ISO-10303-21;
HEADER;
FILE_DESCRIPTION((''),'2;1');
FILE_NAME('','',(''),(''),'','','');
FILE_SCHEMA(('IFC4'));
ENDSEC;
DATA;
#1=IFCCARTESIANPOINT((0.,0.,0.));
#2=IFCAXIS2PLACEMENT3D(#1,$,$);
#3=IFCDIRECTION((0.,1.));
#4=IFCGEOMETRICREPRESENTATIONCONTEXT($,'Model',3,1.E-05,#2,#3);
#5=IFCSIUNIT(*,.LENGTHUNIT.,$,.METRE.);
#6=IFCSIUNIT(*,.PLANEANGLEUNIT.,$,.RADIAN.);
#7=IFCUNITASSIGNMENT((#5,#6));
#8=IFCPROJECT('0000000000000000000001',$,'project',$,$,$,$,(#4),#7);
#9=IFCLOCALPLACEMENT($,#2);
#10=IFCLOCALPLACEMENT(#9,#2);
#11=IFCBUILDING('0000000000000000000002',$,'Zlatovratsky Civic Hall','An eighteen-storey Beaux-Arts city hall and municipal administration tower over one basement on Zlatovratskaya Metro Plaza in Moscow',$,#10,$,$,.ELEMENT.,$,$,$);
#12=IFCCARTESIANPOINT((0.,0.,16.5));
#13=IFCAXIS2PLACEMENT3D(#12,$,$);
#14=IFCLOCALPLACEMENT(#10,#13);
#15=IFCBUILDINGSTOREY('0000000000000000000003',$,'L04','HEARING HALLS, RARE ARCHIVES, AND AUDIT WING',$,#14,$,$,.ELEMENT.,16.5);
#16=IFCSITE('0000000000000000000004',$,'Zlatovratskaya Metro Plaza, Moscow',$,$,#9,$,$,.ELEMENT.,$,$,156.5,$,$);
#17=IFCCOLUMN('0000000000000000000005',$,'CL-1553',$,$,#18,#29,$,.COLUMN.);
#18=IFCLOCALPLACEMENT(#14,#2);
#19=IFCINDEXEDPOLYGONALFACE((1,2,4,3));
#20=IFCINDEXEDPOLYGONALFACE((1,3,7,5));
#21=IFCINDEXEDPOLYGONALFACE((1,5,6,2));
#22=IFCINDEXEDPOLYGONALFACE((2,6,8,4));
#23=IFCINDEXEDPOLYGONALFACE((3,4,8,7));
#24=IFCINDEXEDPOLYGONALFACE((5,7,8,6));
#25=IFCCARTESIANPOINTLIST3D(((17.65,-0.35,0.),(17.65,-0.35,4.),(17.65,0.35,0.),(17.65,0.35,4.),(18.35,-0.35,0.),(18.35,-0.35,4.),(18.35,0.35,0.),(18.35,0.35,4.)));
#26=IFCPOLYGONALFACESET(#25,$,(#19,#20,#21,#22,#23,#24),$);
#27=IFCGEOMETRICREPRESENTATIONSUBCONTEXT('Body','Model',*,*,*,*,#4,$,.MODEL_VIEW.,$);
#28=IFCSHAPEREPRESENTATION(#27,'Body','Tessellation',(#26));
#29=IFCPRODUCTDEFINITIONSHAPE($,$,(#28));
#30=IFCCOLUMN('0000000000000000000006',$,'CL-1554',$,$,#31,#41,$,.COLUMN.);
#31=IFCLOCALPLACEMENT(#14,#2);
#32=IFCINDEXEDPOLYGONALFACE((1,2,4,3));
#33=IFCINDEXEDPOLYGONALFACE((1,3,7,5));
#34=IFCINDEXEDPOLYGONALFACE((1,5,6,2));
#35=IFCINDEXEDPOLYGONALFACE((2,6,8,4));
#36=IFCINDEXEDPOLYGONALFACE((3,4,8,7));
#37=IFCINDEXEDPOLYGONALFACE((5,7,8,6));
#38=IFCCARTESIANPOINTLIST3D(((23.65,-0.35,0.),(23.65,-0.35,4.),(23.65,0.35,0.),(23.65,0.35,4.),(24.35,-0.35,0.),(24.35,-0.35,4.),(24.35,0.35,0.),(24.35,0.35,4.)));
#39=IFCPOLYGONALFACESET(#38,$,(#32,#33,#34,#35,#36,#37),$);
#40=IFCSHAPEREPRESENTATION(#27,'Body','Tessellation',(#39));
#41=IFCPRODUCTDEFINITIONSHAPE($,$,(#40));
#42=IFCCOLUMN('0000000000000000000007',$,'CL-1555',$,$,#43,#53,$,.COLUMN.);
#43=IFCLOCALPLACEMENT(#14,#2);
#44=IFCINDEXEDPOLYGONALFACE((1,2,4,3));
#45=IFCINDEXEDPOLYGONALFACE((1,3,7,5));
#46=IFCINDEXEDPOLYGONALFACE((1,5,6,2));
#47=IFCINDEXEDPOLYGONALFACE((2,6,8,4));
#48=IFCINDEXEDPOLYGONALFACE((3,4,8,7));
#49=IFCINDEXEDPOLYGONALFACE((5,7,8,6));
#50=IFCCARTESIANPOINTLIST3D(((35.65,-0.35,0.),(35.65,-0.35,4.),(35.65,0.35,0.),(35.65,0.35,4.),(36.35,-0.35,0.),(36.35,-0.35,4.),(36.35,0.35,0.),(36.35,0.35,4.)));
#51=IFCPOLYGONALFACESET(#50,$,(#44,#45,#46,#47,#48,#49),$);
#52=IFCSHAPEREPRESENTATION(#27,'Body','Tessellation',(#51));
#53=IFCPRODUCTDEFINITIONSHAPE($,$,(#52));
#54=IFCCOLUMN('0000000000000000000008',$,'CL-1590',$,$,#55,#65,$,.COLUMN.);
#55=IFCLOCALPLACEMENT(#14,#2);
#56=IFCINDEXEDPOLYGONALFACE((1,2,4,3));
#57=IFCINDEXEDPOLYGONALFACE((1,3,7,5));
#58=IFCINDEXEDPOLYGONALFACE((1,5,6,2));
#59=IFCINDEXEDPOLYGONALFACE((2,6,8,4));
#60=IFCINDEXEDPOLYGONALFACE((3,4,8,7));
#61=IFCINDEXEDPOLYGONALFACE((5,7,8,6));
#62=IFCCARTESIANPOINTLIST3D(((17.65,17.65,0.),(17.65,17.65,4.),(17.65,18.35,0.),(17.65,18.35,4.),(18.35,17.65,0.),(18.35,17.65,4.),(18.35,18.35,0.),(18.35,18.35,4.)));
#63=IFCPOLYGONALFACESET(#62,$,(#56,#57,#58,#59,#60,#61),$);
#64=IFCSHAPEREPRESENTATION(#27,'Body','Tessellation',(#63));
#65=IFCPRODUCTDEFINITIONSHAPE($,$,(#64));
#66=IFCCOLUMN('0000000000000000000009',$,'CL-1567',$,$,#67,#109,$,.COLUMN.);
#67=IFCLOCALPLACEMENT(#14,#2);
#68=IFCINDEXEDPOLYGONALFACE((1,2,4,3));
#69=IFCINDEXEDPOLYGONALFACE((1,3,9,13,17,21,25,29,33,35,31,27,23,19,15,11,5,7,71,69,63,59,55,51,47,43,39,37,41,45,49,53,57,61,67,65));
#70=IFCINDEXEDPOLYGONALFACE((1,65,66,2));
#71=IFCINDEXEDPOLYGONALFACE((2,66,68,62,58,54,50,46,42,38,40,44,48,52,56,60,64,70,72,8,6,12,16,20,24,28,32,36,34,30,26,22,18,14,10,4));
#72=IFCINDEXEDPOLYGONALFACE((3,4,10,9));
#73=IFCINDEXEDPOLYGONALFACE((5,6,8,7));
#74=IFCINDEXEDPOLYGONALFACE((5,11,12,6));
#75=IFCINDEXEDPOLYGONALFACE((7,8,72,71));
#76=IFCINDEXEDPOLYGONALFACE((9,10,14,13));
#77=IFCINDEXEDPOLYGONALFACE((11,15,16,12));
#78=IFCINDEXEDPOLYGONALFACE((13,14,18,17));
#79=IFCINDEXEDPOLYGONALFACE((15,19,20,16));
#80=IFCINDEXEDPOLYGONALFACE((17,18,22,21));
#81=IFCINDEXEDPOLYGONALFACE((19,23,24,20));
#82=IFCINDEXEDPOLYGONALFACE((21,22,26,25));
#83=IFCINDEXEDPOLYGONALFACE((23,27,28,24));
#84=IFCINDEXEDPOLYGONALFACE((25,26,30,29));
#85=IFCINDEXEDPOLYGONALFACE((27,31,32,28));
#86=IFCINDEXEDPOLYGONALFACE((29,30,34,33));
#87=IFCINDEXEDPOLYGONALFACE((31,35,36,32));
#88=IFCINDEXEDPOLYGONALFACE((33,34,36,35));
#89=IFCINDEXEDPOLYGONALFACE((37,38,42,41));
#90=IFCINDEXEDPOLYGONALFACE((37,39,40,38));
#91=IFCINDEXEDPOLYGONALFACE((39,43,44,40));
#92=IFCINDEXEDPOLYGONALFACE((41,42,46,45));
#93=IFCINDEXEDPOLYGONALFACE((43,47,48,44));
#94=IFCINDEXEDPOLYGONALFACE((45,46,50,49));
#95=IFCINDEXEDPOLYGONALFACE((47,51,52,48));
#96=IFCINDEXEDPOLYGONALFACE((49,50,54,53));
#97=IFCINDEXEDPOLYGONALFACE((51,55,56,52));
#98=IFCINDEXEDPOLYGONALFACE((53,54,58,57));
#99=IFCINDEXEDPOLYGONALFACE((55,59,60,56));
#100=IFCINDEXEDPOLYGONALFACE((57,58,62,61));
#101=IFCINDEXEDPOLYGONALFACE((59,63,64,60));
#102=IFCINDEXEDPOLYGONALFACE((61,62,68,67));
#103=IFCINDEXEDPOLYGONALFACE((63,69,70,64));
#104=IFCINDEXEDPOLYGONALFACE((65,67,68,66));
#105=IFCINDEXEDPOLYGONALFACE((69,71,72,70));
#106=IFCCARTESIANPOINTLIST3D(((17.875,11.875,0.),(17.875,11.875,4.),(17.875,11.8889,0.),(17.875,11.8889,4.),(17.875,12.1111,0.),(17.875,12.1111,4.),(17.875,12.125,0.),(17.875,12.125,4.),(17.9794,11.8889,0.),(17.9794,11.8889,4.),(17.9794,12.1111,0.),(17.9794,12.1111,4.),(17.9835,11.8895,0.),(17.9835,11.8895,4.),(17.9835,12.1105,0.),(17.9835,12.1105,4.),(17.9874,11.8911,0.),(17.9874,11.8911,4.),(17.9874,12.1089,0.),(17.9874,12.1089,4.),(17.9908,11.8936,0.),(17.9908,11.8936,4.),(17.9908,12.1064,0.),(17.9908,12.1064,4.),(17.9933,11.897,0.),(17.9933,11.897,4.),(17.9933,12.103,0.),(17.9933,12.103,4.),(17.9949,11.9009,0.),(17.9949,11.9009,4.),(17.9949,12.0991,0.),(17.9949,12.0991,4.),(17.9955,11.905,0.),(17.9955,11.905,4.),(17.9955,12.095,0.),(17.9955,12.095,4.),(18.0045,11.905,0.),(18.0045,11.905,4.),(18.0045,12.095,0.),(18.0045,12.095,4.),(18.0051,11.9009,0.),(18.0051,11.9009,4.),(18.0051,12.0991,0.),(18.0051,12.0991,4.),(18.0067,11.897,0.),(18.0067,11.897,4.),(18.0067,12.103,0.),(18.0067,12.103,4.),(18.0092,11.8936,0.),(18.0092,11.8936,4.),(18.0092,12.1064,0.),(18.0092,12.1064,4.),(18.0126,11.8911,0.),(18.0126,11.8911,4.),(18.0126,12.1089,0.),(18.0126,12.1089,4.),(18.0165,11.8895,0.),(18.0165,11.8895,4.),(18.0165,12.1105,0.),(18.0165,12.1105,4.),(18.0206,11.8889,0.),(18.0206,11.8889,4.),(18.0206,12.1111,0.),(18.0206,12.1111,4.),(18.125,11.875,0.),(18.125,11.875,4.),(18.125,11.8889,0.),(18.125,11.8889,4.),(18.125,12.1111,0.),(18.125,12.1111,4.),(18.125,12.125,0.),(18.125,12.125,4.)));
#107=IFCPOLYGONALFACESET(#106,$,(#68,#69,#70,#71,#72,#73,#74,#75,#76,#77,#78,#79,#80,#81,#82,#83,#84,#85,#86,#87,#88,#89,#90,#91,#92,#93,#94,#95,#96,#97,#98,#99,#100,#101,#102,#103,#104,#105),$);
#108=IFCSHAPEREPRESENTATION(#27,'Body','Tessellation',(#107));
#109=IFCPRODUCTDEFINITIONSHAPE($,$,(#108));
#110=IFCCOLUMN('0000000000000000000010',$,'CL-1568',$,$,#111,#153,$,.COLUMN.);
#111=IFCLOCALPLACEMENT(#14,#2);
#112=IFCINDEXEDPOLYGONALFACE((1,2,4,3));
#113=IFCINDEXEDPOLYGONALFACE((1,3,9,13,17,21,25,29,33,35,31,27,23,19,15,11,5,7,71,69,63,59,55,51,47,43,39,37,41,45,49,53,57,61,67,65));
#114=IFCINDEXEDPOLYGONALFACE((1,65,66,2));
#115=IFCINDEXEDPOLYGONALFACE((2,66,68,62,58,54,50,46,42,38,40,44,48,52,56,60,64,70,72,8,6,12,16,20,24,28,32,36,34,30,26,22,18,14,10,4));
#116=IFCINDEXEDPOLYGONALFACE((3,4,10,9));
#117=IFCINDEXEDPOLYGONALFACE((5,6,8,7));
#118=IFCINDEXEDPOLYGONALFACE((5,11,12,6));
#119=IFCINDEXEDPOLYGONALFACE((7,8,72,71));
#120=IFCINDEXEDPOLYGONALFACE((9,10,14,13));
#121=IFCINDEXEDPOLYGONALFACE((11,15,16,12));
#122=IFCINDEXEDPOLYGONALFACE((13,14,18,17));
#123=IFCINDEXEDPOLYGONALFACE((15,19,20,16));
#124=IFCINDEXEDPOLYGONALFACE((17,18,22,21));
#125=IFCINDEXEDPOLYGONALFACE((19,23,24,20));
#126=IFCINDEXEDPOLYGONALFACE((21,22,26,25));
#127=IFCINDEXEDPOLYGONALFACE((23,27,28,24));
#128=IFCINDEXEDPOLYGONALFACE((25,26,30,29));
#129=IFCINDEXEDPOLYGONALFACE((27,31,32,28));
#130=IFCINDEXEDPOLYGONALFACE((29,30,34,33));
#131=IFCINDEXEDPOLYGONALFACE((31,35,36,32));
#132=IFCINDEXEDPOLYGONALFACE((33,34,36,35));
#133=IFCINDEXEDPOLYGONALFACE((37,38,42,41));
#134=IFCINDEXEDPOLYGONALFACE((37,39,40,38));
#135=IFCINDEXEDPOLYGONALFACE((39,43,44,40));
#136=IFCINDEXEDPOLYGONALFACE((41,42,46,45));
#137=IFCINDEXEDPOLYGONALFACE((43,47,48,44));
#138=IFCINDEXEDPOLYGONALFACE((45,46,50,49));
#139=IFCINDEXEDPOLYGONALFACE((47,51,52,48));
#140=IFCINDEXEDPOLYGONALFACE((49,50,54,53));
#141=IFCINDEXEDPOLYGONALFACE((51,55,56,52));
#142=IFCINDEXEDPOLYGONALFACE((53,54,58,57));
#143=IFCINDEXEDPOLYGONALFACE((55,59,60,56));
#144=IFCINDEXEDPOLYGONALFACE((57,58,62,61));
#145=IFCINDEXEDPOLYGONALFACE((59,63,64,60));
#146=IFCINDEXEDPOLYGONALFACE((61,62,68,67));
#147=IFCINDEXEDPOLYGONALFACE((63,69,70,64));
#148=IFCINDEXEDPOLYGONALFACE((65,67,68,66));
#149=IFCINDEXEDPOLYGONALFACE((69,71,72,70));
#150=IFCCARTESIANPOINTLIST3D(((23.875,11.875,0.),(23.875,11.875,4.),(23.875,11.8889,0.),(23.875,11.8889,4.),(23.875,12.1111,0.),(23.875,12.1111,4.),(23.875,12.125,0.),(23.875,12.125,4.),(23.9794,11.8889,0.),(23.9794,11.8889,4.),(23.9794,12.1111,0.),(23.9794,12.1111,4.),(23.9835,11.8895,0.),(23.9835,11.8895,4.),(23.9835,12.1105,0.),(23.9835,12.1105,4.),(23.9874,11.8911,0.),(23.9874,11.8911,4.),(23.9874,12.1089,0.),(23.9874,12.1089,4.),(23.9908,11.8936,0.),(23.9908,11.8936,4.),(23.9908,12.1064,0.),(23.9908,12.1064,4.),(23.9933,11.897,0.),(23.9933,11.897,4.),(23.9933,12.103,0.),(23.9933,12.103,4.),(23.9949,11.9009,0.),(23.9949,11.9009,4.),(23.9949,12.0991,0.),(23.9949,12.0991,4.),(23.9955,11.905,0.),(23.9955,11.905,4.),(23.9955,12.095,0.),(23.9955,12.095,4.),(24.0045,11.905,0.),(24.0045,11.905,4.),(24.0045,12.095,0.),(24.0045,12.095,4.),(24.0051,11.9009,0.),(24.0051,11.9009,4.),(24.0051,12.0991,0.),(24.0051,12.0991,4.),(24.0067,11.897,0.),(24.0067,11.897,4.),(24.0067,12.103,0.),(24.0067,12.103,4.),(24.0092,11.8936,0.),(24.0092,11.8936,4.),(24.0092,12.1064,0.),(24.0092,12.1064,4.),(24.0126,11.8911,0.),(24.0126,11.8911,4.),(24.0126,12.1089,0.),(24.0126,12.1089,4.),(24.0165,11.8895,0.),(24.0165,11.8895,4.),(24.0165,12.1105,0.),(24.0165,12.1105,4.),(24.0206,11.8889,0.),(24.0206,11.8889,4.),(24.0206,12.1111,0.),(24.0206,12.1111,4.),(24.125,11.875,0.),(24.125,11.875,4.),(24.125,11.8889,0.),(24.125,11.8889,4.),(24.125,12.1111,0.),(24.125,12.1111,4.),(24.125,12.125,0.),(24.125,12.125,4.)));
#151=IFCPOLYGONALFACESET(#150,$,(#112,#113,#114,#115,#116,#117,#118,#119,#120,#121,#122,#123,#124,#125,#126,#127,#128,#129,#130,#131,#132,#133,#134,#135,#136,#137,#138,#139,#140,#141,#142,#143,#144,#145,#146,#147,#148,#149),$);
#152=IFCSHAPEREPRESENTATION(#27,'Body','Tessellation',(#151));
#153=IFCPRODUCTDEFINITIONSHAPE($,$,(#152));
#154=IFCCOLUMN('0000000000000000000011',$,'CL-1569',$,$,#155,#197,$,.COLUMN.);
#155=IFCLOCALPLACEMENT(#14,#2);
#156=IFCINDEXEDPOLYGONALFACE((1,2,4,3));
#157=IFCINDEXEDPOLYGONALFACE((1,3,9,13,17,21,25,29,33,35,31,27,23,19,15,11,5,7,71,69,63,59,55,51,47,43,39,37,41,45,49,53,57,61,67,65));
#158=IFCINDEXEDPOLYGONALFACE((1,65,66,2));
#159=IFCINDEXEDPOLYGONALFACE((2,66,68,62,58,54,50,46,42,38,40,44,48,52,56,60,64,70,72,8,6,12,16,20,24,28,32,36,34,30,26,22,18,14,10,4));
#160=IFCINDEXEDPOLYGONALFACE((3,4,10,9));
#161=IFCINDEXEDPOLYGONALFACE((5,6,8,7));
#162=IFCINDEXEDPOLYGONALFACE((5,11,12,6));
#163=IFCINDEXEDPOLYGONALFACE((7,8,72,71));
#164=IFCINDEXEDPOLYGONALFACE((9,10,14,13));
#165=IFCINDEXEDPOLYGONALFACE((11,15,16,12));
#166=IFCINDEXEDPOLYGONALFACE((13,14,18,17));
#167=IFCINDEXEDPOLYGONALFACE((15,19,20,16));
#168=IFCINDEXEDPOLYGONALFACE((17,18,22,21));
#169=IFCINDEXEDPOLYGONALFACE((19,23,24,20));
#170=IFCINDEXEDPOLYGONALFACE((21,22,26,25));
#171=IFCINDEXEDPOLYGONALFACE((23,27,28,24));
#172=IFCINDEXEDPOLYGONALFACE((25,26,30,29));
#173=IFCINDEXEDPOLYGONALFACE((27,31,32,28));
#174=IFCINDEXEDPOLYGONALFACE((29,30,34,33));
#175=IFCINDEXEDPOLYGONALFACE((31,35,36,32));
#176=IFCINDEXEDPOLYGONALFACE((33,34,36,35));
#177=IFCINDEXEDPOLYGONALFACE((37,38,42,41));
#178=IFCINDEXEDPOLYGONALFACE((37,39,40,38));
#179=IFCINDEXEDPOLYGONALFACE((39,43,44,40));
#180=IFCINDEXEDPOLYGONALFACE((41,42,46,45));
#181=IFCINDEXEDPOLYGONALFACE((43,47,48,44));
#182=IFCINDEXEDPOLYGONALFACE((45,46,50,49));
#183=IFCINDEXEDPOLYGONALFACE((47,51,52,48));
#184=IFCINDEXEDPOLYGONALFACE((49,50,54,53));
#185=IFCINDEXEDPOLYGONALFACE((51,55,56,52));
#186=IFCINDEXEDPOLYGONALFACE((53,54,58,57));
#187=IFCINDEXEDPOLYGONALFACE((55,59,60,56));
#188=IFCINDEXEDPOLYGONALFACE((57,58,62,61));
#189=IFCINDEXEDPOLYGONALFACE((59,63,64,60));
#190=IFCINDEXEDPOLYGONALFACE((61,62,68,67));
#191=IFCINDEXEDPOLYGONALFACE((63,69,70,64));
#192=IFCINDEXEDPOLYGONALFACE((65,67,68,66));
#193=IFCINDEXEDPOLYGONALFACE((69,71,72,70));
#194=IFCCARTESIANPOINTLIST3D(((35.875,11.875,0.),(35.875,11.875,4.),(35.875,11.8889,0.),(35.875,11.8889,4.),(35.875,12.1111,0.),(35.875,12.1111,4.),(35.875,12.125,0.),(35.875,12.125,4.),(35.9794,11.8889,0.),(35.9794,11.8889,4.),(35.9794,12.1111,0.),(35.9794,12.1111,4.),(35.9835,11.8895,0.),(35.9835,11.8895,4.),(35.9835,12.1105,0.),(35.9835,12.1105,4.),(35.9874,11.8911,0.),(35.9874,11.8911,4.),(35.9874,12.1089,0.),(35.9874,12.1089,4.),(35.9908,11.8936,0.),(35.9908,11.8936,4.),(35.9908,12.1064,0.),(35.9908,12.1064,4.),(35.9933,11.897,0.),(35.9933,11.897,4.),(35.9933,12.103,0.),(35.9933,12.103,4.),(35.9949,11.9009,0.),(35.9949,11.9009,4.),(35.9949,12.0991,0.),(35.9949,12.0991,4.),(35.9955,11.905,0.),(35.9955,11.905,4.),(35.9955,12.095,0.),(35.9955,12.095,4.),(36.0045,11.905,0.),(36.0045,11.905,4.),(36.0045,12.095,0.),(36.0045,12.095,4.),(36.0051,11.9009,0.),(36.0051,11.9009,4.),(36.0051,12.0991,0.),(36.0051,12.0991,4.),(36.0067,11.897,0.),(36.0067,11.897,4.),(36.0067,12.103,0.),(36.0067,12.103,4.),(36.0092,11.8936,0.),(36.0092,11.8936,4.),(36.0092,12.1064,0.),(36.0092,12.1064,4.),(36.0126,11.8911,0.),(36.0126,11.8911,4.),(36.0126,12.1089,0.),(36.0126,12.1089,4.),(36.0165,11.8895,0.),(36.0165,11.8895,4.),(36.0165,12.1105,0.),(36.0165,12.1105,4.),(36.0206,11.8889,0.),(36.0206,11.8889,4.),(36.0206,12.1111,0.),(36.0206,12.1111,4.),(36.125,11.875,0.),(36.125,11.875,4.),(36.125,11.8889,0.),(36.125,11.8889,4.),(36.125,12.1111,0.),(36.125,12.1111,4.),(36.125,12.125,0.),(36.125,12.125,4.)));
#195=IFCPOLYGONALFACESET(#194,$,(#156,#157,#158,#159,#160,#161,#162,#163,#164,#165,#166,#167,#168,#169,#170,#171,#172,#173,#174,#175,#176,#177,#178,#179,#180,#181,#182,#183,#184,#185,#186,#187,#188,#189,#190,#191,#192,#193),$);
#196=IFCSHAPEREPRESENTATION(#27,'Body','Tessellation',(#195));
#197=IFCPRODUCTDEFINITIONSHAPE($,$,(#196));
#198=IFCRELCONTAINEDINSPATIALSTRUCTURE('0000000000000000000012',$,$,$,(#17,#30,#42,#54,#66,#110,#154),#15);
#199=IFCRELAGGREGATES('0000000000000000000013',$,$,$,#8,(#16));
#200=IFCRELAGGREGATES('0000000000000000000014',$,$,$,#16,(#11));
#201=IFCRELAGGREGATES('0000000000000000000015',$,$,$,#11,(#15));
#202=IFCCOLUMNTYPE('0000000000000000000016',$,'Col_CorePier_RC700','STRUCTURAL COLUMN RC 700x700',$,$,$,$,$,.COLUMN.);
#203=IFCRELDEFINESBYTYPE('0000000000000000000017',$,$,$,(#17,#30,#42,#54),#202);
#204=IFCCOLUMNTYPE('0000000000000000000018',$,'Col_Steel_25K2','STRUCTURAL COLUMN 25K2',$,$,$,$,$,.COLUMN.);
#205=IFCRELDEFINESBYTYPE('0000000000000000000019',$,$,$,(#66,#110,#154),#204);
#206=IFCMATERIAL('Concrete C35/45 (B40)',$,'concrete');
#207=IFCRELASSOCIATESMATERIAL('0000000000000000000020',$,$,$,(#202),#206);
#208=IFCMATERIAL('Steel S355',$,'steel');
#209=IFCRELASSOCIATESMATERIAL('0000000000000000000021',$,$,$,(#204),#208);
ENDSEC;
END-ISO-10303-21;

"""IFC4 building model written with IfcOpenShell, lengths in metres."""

from ifc_helpers import new_model, si_unit, direction, frame, origin, origin_2d, place, context, subcontext, project, spatial, rectangle, i_section, extrude, material, material_profile, profile_set, type_object, element, save


model = new_model("IFC4")

# Units and contexts
model_context = context("Model", 3, precision=1e-05, world=origin(), true_north=direction((0.0, 1.0)))
body_context = subcontext(model_context, "Body", "Model", "MODEL_VIEW")
ifc_project = project(units=[si_unit("LENGTHUNIT", "METRE"), si_unit("PLANEANGLEUNIT", "RADIAN")], contexts=[model_context])

# Site, building, storey
site_placement = place(None, origin())
site = spatial("IfcSite", under=ifc_project, at=site_placement, Name="Zlatovratskaya Metro Plaza, Moscow", CompositionType="ELEMENT", RefElevation=156.5)
building_placement = place(site_placement, origin())
building = spatial("IfcBuilding", under=site, at=building_placement, Name="Zlatovratsky Civic Hall", Description="An eighteen-storey Beaux-Arts city hall and municipal administration tower over one basement on Zlatovratskaya Metro Plaza in Moscow", CompositionType="ELEMENT")
storey_placement = place(building_placement, frame((0.0, 0.0, 16.5)))
storey = spatial("IfcBuildingStorey", under=building, at=storey_placement, Name="L04", Description="HEARING HALLS, RARE ARCHIVES, AND AUDIT WING", CompositionType="ELEMENT", Elevation=16.5)

# Columns
ifc_material_1 = material(Name="Concrete C35/45 (B40)", Category="concrete")
ifc_material_profile_1 = material_profile(ifc_material_1, rectangle(XDim=0.7, YDim=0.7, at=origin_2d()), Name="RC 700x700")
ifc_profile_set_1 = profile_set([ifc_material_profile_1], Name="Concrete C35/45 (B40)")
column_type_1 = type_object("IfcColumnType", Name="Col_CorePier_RC700", Description="STRUCTURAL COLUMN RC 700x700", PredefinedType="COLUMN", material=ifc_profile_set_1)
for number, where, z_axis, x_axis, name in (
    (1, (18.0, 0.0, 0.0), (0.0, 0.0, 1.0), (1.0, 0.0, 0.0), "CL-1553"),
    (2, (24.0, 0.0, 0.0), (0.0, 0.0, 1.0), (1.0, 0.0, 0.0), "CL-1554"),
    (3, (36.0, 0.0, 0.0), (0.0, 0.0, 1.0), (1.0, 0.0, 0.0), "CL-1555"),
    (4, (18.0, 18.0, 0.0), (0.0, 0.0, 1.0), (1.0, 0.0, 0.0), "CL-1590"),
):
    element("IfcColumn", number, at=place(storey_placement, frame(where, z_axis=z_axis, x_axis=x_axis)), inside=storey, type_object=column_type_1, Name=name, PredefinedType="COLUMN", context=body_context, shape_type="SweptSolid", body=[
        extrude(rectangle(XDim=0.7, YDim=0.7, at=origin_2d()), origin(), (0.0, 0.0, 1.0), 4.0),
    ])
ifc_material_2 = material(Name="Steel S355", Category="steel")
ifc_material_profile_2 = material_profile(ifc_material_2, i_section(OverallWidth=0.25, OverallDepth=0.25, WebThickness=0.009, FlangeThickness=0.0139, FilletRadius=0.0161, at=origin_2d()), Name="25K2")
ifc_profile_set_2 = profile_set([ifc_material_profile_2], Name="Steel S355")
column_type_2 = type_object("IfcColumnType", Name="Col_Steel_25K2", Description="STRUCTURAL COLUMN 25K2", PredefinedType="COLUMN", material=ifc_profile_set_2)
for number, where, z_axis, x_axis, name in (
    (5, (18.0, 12.0, 0.0), (0.0, 0.0, 1.0), (1.0, 0.0, 0.0), "CL-1567"),
    (6, (24.0, 12.0, 0.0), (0.0, 0.0, 1.0), (1.0, 0.0, 0.0), "CL-1568"),
    (7, (36.0, 12.0, 0.0), (0.0, 0.0, 1.0), (1.0, 0.0, 0.0), "CL-1569"),
):
    element("IfcColumn", number, at=place(storey_placement, frame(where, z_axis=z_axis, x_axis=x_axis)), inside=storey, type_object=column_type_2, Name=name, PredefinedType="COLUMN", context=body_context, shape_type="SweptSolid", body=[
        extrude(i_section(OverallWidth=0.25, OverallDepth=0.25, WebThickness=0.009, FlangeThickness=0.0139, FilletRadius=0.0161, at=origin_2d()), origin(), (0.0, 0.0, 1.0), 4.0),
    ])

save(model, "model.ifc")
